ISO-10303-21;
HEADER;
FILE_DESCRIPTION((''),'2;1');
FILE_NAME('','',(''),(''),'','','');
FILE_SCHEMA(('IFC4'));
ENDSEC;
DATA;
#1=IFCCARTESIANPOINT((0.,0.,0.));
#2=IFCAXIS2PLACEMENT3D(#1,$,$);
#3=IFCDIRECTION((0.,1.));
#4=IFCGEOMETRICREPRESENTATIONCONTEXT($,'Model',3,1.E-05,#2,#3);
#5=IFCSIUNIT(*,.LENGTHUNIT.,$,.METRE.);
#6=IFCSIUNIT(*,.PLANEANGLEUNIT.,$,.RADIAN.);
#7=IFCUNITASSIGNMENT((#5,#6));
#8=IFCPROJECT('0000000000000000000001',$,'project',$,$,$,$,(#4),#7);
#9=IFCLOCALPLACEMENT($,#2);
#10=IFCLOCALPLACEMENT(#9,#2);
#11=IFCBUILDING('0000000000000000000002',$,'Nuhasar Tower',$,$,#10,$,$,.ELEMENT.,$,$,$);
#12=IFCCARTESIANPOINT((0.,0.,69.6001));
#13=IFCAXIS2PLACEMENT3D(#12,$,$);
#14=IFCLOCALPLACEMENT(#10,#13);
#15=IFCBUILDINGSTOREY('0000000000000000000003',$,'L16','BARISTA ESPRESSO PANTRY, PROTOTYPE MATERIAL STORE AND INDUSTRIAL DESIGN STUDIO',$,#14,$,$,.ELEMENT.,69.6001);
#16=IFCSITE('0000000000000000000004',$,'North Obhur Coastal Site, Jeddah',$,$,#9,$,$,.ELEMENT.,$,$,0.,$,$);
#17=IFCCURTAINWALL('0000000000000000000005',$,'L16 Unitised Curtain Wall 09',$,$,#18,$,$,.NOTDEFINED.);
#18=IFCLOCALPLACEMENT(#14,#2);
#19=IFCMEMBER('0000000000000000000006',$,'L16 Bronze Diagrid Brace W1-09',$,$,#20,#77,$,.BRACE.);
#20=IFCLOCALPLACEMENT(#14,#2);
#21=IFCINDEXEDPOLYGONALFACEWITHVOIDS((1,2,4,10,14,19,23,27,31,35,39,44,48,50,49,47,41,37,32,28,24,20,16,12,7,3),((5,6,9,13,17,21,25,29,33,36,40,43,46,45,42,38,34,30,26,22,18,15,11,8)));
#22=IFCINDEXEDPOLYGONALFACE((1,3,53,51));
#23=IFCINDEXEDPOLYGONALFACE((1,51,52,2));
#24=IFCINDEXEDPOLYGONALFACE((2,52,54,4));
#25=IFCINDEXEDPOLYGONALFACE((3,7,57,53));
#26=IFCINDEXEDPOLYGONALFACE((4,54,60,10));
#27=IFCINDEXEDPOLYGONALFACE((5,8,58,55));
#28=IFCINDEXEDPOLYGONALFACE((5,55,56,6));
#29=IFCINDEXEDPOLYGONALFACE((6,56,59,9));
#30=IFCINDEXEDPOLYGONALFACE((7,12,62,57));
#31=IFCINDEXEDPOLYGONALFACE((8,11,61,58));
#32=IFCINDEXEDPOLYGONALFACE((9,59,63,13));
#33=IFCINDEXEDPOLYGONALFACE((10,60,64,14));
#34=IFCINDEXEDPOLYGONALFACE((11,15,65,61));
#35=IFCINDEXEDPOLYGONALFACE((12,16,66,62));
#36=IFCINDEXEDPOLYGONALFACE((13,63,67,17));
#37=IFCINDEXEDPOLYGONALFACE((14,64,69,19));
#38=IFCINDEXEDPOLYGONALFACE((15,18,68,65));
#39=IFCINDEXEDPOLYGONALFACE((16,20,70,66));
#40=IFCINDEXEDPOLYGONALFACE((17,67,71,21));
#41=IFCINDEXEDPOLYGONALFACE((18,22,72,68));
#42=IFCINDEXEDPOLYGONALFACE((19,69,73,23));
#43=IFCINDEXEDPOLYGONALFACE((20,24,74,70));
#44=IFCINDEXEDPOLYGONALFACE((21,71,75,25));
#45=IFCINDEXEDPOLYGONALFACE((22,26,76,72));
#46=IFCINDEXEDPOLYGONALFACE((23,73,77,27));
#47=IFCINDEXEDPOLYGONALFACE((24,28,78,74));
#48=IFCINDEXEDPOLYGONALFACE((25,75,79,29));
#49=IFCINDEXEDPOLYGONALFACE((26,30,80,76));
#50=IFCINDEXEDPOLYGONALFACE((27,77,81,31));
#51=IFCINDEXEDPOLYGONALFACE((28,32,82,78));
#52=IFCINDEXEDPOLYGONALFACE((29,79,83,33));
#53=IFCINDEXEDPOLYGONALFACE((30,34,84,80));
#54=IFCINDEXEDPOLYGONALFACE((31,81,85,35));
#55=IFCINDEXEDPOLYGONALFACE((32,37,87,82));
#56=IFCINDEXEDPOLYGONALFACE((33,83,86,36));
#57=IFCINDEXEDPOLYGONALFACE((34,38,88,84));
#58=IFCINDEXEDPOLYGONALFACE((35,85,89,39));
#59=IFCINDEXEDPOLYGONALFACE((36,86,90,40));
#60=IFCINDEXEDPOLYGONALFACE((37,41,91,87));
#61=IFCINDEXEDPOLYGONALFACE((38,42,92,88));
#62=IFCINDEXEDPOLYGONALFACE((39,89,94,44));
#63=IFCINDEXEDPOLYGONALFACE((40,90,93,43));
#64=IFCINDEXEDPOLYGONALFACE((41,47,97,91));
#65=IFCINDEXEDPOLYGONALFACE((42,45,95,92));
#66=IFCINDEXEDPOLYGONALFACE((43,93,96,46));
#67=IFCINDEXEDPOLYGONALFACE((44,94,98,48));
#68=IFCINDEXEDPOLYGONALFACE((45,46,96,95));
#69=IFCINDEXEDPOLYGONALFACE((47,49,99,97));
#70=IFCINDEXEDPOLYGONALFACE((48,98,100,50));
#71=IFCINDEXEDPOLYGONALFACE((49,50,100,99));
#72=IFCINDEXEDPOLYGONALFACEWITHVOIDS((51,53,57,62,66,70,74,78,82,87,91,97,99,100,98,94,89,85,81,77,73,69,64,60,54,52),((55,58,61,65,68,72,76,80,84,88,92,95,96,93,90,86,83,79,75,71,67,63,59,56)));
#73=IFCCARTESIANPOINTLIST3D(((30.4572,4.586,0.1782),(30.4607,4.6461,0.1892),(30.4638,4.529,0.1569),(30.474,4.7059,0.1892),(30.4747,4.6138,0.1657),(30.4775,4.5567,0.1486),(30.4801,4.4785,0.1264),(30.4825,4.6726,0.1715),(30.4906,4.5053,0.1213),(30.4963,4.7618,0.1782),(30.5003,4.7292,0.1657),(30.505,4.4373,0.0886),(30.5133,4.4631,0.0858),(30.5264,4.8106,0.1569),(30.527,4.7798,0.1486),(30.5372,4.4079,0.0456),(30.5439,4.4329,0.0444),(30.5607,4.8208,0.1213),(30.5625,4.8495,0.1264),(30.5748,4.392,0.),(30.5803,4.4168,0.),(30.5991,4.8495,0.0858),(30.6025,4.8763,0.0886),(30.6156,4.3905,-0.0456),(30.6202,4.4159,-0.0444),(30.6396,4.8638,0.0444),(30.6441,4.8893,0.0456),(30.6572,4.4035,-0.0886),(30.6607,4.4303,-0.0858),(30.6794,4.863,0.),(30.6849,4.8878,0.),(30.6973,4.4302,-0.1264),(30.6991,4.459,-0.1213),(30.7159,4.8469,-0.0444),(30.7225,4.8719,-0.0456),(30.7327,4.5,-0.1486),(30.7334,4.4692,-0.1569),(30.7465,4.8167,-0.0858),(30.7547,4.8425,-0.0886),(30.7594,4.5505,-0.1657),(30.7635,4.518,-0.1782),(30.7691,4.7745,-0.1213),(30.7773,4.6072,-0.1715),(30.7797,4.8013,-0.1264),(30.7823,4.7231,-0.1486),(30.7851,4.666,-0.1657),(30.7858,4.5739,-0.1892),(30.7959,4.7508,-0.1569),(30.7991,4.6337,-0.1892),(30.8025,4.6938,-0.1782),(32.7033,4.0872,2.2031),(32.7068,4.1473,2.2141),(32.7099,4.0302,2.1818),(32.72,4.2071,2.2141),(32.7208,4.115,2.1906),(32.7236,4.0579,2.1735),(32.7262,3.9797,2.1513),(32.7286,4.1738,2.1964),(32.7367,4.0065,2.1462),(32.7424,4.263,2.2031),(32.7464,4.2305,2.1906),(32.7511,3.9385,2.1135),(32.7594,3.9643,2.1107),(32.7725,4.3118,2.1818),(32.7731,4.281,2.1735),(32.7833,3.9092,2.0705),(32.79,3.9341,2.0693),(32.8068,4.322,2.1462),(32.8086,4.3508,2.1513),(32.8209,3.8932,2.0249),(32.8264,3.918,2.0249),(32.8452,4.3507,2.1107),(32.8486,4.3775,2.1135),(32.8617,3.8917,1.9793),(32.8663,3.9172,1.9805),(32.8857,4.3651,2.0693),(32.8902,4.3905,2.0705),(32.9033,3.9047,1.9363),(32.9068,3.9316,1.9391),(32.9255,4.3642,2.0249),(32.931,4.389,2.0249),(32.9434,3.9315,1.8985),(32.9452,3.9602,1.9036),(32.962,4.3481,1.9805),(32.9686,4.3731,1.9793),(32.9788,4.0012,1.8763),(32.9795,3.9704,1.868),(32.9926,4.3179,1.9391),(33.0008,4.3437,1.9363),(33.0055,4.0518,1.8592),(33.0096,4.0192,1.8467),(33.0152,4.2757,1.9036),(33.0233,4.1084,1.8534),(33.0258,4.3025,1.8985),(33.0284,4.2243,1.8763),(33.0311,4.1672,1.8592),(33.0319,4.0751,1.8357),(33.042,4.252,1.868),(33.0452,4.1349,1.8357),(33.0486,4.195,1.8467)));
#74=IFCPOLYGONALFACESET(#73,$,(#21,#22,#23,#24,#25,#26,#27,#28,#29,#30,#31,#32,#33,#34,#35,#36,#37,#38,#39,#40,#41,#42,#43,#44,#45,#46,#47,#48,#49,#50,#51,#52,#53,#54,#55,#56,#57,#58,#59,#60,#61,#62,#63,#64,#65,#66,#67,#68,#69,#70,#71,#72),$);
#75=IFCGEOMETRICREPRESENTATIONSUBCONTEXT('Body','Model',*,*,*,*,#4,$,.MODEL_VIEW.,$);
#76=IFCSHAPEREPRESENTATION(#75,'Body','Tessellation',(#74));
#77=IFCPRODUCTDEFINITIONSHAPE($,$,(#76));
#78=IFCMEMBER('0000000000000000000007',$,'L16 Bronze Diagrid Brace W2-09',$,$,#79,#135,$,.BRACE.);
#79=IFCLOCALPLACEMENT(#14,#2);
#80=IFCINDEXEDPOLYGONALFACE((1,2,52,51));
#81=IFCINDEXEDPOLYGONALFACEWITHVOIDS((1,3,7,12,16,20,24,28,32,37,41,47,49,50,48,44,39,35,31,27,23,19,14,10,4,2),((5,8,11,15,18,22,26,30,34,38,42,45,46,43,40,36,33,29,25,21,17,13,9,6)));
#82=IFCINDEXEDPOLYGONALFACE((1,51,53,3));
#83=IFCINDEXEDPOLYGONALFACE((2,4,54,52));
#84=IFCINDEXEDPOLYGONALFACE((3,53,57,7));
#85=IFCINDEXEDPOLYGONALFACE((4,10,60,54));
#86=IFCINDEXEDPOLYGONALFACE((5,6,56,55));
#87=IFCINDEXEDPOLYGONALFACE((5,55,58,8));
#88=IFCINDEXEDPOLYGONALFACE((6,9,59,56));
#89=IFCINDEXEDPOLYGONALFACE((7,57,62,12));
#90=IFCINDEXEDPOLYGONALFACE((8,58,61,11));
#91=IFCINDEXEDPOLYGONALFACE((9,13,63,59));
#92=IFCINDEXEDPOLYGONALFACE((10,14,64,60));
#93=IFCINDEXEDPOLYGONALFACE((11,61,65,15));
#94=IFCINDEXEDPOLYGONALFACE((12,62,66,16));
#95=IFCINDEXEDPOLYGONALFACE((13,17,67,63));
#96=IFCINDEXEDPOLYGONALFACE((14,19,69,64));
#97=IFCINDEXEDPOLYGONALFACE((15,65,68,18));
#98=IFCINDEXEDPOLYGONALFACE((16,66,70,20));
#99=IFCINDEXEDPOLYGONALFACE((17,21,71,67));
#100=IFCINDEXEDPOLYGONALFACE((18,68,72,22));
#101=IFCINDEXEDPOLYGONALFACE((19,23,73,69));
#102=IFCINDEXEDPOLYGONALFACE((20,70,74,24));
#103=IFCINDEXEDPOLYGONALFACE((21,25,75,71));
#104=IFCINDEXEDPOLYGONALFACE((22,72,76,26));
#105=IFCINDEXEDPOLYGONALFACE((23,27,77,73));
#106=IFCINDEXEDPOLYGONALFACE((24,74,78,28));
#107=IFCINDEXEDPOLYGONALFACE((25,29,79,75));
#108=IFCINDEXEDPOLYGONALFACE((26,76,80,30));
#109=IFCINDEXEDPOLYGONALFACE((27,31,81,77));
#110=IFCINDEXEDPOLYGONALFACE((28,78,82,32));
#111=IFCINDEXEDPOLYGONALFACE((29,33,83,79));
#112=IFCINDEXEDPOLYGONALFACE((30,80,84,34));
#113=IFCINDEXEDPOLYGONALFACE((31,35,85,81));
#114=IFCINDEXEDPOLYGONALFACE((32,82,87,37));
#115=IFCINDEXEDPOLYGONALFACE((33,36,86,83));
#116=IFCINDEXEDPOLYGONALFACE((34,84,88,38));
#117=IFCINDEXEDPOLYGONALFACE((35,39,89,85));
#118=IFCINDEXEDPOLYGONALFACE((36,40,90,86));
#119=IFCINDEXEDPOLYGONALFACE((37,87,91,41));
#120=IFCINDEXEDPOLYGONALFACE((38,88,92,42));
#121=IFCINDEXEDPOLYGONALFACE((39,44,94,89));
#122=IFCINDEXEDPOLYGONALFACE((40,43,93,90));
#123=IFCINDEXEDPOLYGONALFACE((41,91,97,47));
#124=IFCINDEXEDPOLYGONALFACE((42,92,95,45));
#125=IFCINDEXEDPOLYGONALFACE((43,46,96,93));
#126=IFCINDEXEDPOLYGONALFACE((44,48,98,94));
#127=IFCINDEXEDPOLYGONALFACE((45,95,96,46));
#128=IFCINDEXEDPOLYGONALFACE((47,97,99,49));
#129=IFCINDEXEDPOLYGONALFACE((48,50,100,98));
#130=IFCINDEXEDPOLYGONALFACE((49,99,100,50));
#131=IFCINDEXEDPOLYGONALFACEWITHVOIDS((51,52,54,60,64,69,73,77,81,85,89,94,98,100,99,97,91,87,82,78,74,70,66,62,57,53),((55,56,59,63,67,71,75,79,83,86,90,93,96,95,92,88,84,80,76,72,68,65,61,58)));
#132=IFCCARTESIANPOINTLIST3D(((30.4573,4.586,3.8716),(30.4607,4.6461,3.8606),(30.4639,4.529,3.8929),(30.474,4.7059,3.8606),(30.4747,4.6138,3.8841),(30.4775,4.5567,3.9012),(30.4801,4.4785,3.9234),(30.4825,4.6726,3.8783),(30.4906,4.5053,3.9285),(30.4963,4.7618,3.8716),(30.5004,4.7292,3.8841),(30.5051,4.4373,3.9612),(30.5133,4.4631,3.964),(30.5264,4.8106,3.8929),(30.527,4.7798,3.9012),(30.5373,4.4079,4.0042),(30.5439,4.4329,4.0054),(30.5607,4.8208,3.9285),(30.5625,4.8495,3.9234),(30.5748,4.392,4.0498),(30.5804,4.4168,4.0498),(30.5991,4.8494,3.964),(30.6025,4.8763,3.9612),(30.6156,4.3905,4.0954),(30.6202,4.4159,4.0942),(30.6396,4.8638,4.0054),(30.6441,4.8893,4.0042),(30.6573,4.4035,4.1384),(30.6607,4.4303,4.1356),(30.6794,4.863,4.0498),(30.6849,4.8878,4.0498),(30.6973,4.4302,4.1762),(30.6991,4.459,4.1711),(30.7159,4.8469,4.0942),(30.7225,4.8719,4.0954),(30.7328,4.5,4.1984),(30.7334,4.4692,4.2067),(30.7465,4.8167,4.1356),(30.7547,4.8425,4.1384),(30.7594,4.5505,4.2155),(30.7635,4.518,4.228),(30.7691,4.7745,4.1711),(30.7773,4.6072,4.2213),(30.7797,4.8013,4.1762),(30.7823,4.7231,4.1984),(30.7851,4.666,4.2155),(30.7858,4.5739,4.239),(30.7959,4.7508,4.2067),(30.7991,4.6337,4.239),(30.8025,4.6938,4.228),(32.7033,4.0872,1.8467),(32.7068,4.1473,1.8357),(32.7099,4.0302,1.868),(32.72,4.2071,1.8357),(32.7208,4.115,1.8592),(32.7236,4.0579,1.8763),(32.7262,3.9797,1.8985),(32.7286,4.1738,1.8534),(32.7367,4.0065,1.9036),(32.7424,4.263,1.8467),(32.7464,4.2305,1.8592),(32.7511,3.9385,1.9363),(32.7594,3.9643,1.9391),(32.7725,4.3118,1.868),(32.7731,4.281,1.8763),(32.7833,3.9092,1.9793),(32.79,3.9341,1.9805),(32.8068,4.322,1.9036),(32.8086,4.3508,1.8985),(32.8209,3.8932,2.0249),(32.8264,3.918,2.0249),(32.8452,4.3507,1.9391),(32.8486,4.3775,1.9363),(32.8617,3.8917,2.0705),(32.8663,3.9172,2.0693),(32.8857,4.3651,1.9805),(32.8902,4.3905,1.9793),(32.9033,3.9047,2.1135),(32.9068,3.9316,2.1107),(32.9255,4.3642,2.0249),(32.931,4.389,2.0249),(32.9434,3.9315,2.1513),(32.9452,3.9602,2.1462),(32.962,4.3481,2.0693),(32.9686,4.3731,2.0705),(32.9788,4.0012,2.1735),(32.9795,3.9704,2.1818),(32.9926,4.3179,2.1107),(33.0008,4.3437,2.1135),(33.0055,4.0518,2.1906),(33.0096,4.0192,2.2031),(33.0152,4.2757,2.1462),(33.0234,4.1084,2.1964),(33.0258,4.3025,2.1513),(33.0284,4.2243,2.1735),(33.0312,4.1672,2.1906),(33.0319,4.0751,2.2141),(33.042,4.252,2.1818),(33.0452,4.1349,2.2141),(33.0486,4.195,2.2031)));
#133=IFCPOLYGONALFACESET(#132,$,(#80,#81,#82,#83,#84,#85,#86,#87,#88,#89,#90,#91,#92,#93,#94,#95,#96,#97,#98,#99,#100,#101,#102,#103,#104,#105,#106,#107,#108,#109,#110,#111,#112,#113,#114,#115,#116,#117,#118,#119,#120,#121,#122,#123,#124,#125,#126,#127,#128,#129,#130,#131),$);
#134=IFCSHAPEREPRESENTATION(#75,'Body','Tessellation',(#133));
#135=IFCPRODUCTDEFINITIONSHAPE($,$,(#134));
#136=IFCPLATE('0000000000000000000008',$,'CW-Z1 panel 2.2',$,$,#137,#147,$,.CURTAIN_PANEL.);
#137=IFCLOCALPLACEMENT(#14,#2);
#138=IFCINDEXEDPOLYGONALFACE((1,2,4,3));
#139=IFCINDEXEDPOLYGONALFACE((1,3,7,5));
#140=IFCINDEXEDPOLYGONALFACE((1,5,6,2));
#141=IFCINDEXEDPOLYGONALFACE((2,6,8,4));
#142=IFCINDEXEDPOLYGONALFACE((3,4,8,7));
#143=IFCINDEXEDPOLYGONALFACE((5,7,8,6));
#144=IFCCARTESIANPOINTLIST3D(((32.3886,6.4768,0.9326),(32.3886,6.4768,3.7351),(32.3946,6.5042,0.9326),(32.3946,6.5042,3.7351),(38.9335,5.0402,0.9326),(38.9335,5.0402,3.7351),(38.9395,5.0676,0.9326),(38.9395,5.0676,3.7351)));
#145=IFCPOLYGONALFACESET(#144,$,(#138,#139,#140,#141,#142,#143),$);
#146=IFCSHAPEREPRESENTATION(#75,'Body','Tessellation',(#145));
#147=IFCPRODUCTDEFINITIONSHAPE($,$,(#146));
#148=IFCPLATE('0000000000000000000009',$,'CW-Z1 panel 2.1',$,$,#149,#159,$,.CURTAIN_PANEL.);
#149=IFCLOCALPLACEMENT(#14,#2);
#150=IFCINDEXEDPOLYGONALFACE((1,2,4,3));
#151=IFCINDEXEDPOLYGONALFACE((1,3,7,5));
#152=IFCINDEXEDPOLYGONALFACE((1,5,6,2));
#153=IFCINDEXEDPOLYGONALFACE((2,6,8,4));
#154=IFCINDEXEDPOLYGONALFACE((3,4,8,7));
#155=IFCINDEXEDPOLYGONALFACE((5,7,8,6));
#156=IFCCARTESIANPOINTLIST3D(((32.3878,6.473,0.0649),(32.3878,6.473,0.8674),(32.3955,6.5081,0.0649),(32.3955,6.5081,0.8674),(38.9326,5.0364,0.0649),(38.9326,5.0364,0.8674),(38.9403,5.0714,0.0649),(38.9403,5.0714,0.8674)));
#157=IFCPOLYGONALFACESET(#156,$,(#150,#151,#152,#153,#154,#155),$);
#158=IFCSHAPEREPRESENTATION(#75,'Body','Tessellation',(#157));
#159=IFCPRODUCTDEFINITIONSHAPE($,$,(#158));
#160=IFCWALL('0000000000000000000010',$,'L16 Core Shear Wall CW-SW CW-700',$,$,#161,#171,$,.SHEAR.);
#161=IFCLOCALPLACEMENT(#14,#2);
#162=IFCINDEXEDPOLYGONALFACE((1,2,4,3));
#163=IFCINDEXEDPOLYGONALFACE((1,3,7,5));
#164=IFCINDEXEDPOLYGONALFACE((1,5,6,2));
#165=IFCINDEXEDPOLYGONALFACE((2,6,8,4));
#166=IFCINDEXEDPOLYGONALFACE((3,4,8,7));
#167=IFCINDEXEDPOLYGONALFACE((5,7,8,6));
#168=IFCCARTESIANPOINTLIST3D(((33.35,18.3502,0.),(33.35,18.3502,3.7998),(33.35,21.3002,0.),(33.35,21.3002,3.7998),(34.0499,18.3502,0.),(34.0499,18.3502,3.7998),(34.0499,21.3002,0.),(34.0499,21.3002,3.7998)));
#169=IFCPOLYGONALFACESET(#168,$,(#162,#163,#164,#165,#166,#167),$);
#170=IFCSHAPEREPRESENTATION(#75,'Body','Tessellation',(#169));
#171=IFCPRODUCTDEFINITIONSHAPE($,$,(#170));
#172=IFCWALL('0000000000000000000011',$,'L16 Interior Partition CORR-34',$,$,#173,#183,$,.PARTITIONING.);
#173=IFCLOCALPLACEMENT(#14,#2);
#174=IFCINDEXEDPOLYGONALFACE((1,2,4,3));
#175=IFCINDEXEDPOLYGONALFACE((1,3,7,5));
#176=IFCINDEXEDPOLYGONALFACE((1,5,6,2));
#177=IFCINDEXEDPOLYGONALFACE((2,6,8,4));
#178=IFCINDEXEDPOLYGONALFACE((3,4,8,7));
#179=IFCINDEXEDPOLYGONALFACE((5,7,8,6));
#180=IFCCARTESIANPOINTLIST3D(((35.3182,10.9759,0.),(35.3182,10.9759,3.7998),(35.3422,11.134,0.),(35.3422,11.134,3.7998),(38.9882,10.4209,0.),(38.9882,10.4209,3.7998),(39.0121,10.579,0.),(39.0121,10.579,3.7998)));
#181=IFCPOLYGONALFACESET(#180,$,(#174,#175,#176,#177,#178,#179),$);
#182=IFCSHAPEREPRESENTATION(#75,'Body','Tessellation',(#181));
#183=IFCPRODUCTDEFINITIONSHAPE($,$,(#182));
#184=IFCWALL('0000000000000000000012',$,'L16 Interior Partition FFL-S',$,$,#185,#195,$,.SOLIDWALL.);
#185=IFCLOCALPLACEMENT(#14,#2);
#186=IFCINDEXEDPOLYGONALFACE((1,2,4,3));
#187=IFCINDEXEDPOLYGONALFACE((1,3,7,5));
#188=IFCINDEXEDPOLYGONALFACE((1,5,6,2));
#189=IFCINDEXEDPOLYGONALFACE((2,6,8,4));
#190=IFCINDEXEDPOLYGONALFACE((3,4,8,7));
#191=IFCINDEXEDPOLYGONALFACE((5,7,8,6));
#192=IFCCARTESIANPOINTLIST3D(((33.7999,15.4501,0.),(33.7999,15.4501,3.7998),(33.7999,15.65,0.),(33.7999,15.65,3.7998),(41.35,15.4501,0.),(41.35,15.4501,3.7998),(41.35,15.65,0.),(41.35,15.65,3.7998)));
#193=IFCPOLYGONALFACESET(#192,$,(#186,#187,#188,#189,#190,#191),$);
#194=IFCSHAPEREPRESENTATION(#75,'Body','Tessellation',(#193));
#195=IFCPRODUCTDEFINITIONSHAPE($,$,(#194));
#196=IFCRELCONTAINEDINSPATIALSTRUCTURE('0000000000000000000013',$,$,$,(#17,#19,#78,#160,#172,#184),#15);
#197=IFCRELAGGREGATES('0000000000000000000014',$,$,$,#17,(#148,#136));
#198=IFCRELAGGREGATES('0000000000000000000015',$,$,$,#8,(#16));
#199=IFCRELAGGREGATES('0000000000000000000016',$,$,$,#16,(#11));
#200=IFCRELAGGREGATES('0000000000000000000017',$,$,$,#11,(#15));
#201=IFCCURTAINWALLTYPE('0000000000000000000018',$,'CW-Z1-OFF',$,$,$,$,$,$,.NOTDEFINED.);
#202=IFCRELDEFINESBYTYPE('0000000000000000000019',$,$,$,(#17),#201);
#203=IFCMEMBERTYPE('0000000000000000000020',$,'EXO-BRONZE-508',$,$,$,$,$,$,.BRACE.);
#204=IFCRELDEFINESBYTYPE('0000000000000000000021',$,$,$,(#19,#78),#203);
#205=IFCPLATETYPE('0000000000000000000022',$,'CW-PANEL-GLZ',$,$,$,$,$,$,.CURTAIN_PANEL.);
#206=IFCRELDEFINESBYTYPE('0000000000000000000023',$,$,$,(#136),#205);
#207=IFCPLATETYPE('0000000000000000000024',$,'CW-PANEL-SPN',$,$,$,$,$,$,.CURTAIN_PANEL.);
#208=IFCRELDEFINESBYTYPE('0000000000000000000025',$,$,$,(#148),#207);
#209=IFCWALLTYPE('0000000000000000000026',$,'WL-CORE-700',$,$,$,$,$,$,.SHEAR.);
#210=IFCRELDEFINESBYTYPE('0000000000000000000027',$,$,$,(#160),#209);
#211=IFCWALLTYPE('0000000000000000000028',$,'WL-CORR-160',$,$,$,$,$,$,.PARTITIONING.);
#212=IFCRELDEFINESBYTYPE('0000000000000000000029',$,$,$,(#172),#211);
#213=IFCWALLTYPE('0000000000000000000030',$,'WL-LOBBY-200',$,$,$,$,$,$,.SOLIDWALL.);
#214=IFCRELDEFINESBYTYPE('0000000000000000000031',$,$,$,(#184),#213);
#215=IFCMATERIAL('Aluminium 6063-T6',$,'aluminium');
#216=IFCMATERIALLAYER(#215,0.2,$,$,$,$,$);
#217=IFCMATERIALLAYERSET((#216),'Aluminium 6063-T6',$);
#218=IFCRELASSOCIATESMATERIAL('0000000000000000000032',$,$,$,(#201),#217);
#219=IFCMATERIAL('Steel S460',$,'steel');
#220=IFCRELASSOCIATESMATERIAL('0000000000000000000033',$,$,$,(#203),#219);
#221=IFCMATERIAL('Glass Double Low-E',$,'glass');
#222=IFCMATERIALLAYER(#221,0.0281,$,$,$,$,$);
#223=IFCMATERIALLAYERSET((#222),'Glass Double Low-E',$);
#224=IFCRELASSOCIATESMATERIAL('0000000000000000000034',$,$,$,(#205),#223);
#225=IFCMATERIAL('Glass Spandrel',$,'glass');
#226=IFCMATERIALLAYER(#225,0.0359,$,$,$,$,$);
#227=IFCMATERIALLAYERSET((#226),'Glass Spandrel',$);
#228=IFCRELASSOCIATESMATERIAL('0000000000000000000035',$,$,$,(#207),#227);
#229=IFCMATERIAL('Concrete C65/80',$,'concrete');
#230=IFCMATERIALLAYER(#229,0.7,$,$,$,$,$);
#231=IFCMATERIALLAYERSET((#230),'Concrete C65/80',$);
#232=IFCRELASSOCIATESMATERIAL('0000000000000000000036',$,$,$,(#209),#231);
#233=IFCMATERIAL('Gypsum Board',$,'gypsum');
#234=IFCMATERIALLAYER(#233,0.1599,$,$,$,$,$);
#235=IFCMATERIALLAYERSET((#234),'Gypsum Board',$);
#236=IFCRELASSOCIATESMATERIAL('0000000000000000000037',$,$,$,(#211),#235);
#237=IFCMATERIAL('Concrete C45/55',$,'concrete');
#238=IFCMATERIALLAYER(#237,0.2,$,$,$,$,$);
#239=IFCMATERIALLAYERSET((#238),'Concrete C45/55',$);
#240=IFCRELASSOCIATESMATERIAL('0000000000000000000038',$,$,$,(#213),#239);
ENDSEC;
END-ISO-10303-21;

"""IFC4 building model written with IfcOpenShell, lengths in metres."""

from ifc_helpers import new_model, si_unit, direction, frame, frame_2d, origin, origin_2d, place, context, subcontext, project, spatial, rectangle, hollow_circle, extrude, material, layer, layer_set, material_profile, profile_set, type_object, element, aggregate, save


model = new_model("IFC4")

# Units and contexts
model_context = context("Model", 3, precision=1e-05, world=origin(), true_north=direction((0.0, 1.0)))
body_context = subcontext(model_context, "Body", "Model", "MODEL_VIEW")
ifc_project = project(units=[si_unit("LENGTHUNIT", "METRE"), si_unit("PLANEANGLEUNIT", "RADIAN")], contexts=[model_context])

# Site, building, storey
site_placement = place(None, origin())
site = spatial("IfcSite", under=ifc_project, at=site_placement, Name="North Obhur Coastal Site, Jeddah", CompositionType="ELEMENT", RefElevation=0.0)
building_placement = place(site_placement, origin())
building = spatial("IfcBuilding", under=site, at=building_placement, Name="Nuhasar Tower", CompositionType="ELEMENT")
storey_placement = place(building_placement, frame((0.0, 0.0, 69.6001)))
storey = spatial("IfcBuildingStorey", under=building, at=storey_placement, Name="L16", Description="BARISTA ESPRESSO PANTRY, PROTOTYPE MATERIAL STORE AND INDUSTRIAL DESIGN STUDIO", CompositionType="ELEMENT", Elevation=69.6001)

# Curtain wall
ifc_material_1 = material(Name="Aluminium 6063-T6", Category="aluminium")
ifc_layer_1 = layer(ifc_material_1, 0.2)
ifc_layer_set_1 = layer_set([ifc_layer_1], Name="Aluminium 6063-T6")
curtain_wall_type = type_object("IfcCurtainWallType", Name="CW-Z1-OFF", PredefinedType="NOTDEFINED", material=ifc_layer_set_1)
curtain_wall_placement = place(storey_placement, origin())
curtain_wall = element("IfcCurtainWall", 1, at=curtain_wall_placement, inside=storey, type_object=curtain_wall_type, Name="L16 Unitised Curtain Wall 09", PredefinedType="NOTDEFINED")

# Members
ifc_material_2 = material(Name="Steel S460", Category="steel")
ifc_material_profile_1 = material_profile(ifc_material_2, hollow_circle(Radius=0.2539, WallThickness=0.0254, at=origin_2d()), Name="HSS508X25.4")
ifc_profile_set_1 = profile_set([ifc_material_profile_1], Name="Steel S460")
member_type_1 = type_object("IfcMemberType", Name="EXO-BRONZE-508", PredefinedType="BRACE", material=ifc_profile_set_1)
for number, where, z_axis, x_axis, name in (
    (2, (30.6299, 4.6399, 0.0), (0.732831, -0.162736, 0.660663), (0.216784, 0.97622, 0.0), "L16 Bronze Diagrid Brace W1-09"),
    (3, (32.876, 4.1411, 2.0249), (-0.732831, 0.162736, 0.660663), (-0.216784, -0.97622, 0.0), "L16 Bronze Diagrid Brace W2-09"),
):
    element("IfcMember", number, at=place(storey_placement, frame(where, z_axis=z_axis, x_axis=x_axis)), inside=storey, type_object=member_type_1, Name=name, PredefinedType="BRACE", context=body_context, shape_type="SweptSolid", body=[
        extrude(hollow_circle(Radius=0.2539, WallThickness=0.0254, at=origin_2d()), origin(), (0.0, 0.0, 1.0), 3.0649),
    ])

# Plates
ifc_material_3 = material(Name="Glass Double Low-E", Category="glass")
ifc_layer_2 = layer(ifc_material_3, 0.0281)
ifc_layer_set_2 = layer_set([ifc_layer_2], Name="Glass Double Low-E")
plate_type_1 = type_object("IfcPlateType", Name="CW-PANEL-GLZ", PredefinedType="CURTAIN_PANEL", material=ifc_layer_set_2)
plate_1_placement = place(storey_placement, frame((35.6641, 5.7722, 0.9326), z_axis=(0.0, 0.0, 1.0), x_axis=(0.976746, -0.214399, 0.0)))
plate_1 = element("IfcPlate", 4, at=plate_1_placement, type_object=plate_type_1, Name="CW-Z1 panel 2.2", PredefinedType="CURTAIN_PANEL", context=body_context, shape_type="SweptSolid", body=[
    extrude(rectangle(XDim=6.7007, YDim=0.0281, at=origin_2d()), origin(), (0.0, 0.0, 1.0), 2.8025),
])
ifc_material_4 = material(Name="Glass Spandrel", Category="glass")
ifc_layer_3 = layer(ifc_material_4, 0.0359)
ifc_layer_set_3 = layer_set([ifc_layer_3], Name="Glass Spandrel")
plate_type_2 = type_object("IfcPlateType", Name="CW-PANEL-SPN", PredefinedType="CURTAIN_PANEL", material=ifc_layer_set_3)
plate_2_placement = place(storey_placement, frame((35.6641, 5.7722, 0.0649), z_axis=(0.0, 0.0, 1.0), x_axis=(0.976746, -0.214399, 0.0)))
plate_2 = element("IfcPlate", 5, at=plate_2_placement, type_object=plate_type_2, Name="CW-Z1 panel 2.1", PredefinedType="CURTAIN_PANEL", context=body_context, shape_type="SweptSolid", body=[
    extrude(rectangle(XDim=6.7007, YDim=0.0359, at=origin_2d()), origin(), (0.0, 0.0, 1.0), 0.8025),
])
aggregate(curtain_wall, [plate_2, plate_1])

# Walls
ifc_material_5 = material(Name="Concrete C65/80", Category="concrete")
ifc_layer_4 = layer(ifc_material_5, 0.7)
ifc_layer_set_4 = layer_set([ifc_layer_4], Name="Concrete C65/80")
wall_type_1 = type_object("IfcWallType", Name="WL-CORE-700", PredefinedType="SHEAR", material=ifc_layer_set_4)
wall_1_placement = place(storey_placement, frame((33.7, 18.3501, 0.0), z_axis=(0.0, 0.0, 1.0), x_axis=(0.0, 1.0, 0.0)))
element("IfcWall", 6, at=wall_1_placement, inside=storey, type_object=wall_type_1, Name="L16 Core Shear Wall CW-SW CW-700", PredefinedType="SHEAR", context=body_context, shape_type="SweptSolid", body=[
    extrude(rectangle(XDim=2.95, YDim=0.7, at=frame_2d((1.4751, 0.0))), origin(), (0.0, 0.0, 1.0), 3.7998),
])
ifc_material_6 = material(Name="Gypsum Board", Category="gypsum")
ifc_layer_5 = layer(ifc_material_6, 0.1599)
ifc_layer_set_5 = layer_set([ifc_layer_5], Name="Gypsum Board")
wall_type_2 = type_object("IfcWallType", Name="WL-CORR-160", PredefinedType="PARTITIONING", material=ifc_layer_set_5)
wall_2_placement = place(storey_placement, frame((35.3301, 11.0549, 0.0), z_axis=(0.0, 0.0, 1.0), x_axis=(0.98876, -0.149511, 0.0)))
element("IfcWall", 7, at=wall_2_placement, inside=storey, type_object=wall_type_2, Name="L16 Interior Partition CORR-34", PredefinedType="PARTITIONING", context=body_context, shape_type="SweptSolid", body=[
    extrude(rectangle(XDim=3.7117, YDim=0.1599, at=frame_2d((1.856, 0.0))), origin(), (0.0, 0.0, 1.0), 3.7998),
])
ifc_material_7 = material(Name="Concrete C45/55", Category="concrete")
ifc_layer_6 = layer(ifc_material_7, 0.2)
ifc_layer_set_6 = layer_set([ifc_layer_6], Name="Concrete C45/55")
wall_type_3 = type_object("IfcWallType", Name="WL-LOBBY-200", PredefinedType="SOLIDWALL", material=ifc_layer_set_6)
wall_3_placement = place(storey_placement, frame((33.8, 15.55, 0.0), z_axis=(0.0, 0.0, 1.0), x_axis=(1.0, 0.0, 0.0)))
element("IfcWall", 8, at=wall_3_placement, inside=storey, type_object=wall_type_3, Name="L16 Interior Partition FFL-S", PredefinedType="SOLIDWALL", context=body_context, shape_type="SweptSolid", body=[
    extrude(rectangle(XDim=7.55, YDim=0.2, at=frame_2d((3.7749, 0.0))), origin(), (0.0, 0.0, 1.0), 3.7998),
])

save(model, "model.ifc")
